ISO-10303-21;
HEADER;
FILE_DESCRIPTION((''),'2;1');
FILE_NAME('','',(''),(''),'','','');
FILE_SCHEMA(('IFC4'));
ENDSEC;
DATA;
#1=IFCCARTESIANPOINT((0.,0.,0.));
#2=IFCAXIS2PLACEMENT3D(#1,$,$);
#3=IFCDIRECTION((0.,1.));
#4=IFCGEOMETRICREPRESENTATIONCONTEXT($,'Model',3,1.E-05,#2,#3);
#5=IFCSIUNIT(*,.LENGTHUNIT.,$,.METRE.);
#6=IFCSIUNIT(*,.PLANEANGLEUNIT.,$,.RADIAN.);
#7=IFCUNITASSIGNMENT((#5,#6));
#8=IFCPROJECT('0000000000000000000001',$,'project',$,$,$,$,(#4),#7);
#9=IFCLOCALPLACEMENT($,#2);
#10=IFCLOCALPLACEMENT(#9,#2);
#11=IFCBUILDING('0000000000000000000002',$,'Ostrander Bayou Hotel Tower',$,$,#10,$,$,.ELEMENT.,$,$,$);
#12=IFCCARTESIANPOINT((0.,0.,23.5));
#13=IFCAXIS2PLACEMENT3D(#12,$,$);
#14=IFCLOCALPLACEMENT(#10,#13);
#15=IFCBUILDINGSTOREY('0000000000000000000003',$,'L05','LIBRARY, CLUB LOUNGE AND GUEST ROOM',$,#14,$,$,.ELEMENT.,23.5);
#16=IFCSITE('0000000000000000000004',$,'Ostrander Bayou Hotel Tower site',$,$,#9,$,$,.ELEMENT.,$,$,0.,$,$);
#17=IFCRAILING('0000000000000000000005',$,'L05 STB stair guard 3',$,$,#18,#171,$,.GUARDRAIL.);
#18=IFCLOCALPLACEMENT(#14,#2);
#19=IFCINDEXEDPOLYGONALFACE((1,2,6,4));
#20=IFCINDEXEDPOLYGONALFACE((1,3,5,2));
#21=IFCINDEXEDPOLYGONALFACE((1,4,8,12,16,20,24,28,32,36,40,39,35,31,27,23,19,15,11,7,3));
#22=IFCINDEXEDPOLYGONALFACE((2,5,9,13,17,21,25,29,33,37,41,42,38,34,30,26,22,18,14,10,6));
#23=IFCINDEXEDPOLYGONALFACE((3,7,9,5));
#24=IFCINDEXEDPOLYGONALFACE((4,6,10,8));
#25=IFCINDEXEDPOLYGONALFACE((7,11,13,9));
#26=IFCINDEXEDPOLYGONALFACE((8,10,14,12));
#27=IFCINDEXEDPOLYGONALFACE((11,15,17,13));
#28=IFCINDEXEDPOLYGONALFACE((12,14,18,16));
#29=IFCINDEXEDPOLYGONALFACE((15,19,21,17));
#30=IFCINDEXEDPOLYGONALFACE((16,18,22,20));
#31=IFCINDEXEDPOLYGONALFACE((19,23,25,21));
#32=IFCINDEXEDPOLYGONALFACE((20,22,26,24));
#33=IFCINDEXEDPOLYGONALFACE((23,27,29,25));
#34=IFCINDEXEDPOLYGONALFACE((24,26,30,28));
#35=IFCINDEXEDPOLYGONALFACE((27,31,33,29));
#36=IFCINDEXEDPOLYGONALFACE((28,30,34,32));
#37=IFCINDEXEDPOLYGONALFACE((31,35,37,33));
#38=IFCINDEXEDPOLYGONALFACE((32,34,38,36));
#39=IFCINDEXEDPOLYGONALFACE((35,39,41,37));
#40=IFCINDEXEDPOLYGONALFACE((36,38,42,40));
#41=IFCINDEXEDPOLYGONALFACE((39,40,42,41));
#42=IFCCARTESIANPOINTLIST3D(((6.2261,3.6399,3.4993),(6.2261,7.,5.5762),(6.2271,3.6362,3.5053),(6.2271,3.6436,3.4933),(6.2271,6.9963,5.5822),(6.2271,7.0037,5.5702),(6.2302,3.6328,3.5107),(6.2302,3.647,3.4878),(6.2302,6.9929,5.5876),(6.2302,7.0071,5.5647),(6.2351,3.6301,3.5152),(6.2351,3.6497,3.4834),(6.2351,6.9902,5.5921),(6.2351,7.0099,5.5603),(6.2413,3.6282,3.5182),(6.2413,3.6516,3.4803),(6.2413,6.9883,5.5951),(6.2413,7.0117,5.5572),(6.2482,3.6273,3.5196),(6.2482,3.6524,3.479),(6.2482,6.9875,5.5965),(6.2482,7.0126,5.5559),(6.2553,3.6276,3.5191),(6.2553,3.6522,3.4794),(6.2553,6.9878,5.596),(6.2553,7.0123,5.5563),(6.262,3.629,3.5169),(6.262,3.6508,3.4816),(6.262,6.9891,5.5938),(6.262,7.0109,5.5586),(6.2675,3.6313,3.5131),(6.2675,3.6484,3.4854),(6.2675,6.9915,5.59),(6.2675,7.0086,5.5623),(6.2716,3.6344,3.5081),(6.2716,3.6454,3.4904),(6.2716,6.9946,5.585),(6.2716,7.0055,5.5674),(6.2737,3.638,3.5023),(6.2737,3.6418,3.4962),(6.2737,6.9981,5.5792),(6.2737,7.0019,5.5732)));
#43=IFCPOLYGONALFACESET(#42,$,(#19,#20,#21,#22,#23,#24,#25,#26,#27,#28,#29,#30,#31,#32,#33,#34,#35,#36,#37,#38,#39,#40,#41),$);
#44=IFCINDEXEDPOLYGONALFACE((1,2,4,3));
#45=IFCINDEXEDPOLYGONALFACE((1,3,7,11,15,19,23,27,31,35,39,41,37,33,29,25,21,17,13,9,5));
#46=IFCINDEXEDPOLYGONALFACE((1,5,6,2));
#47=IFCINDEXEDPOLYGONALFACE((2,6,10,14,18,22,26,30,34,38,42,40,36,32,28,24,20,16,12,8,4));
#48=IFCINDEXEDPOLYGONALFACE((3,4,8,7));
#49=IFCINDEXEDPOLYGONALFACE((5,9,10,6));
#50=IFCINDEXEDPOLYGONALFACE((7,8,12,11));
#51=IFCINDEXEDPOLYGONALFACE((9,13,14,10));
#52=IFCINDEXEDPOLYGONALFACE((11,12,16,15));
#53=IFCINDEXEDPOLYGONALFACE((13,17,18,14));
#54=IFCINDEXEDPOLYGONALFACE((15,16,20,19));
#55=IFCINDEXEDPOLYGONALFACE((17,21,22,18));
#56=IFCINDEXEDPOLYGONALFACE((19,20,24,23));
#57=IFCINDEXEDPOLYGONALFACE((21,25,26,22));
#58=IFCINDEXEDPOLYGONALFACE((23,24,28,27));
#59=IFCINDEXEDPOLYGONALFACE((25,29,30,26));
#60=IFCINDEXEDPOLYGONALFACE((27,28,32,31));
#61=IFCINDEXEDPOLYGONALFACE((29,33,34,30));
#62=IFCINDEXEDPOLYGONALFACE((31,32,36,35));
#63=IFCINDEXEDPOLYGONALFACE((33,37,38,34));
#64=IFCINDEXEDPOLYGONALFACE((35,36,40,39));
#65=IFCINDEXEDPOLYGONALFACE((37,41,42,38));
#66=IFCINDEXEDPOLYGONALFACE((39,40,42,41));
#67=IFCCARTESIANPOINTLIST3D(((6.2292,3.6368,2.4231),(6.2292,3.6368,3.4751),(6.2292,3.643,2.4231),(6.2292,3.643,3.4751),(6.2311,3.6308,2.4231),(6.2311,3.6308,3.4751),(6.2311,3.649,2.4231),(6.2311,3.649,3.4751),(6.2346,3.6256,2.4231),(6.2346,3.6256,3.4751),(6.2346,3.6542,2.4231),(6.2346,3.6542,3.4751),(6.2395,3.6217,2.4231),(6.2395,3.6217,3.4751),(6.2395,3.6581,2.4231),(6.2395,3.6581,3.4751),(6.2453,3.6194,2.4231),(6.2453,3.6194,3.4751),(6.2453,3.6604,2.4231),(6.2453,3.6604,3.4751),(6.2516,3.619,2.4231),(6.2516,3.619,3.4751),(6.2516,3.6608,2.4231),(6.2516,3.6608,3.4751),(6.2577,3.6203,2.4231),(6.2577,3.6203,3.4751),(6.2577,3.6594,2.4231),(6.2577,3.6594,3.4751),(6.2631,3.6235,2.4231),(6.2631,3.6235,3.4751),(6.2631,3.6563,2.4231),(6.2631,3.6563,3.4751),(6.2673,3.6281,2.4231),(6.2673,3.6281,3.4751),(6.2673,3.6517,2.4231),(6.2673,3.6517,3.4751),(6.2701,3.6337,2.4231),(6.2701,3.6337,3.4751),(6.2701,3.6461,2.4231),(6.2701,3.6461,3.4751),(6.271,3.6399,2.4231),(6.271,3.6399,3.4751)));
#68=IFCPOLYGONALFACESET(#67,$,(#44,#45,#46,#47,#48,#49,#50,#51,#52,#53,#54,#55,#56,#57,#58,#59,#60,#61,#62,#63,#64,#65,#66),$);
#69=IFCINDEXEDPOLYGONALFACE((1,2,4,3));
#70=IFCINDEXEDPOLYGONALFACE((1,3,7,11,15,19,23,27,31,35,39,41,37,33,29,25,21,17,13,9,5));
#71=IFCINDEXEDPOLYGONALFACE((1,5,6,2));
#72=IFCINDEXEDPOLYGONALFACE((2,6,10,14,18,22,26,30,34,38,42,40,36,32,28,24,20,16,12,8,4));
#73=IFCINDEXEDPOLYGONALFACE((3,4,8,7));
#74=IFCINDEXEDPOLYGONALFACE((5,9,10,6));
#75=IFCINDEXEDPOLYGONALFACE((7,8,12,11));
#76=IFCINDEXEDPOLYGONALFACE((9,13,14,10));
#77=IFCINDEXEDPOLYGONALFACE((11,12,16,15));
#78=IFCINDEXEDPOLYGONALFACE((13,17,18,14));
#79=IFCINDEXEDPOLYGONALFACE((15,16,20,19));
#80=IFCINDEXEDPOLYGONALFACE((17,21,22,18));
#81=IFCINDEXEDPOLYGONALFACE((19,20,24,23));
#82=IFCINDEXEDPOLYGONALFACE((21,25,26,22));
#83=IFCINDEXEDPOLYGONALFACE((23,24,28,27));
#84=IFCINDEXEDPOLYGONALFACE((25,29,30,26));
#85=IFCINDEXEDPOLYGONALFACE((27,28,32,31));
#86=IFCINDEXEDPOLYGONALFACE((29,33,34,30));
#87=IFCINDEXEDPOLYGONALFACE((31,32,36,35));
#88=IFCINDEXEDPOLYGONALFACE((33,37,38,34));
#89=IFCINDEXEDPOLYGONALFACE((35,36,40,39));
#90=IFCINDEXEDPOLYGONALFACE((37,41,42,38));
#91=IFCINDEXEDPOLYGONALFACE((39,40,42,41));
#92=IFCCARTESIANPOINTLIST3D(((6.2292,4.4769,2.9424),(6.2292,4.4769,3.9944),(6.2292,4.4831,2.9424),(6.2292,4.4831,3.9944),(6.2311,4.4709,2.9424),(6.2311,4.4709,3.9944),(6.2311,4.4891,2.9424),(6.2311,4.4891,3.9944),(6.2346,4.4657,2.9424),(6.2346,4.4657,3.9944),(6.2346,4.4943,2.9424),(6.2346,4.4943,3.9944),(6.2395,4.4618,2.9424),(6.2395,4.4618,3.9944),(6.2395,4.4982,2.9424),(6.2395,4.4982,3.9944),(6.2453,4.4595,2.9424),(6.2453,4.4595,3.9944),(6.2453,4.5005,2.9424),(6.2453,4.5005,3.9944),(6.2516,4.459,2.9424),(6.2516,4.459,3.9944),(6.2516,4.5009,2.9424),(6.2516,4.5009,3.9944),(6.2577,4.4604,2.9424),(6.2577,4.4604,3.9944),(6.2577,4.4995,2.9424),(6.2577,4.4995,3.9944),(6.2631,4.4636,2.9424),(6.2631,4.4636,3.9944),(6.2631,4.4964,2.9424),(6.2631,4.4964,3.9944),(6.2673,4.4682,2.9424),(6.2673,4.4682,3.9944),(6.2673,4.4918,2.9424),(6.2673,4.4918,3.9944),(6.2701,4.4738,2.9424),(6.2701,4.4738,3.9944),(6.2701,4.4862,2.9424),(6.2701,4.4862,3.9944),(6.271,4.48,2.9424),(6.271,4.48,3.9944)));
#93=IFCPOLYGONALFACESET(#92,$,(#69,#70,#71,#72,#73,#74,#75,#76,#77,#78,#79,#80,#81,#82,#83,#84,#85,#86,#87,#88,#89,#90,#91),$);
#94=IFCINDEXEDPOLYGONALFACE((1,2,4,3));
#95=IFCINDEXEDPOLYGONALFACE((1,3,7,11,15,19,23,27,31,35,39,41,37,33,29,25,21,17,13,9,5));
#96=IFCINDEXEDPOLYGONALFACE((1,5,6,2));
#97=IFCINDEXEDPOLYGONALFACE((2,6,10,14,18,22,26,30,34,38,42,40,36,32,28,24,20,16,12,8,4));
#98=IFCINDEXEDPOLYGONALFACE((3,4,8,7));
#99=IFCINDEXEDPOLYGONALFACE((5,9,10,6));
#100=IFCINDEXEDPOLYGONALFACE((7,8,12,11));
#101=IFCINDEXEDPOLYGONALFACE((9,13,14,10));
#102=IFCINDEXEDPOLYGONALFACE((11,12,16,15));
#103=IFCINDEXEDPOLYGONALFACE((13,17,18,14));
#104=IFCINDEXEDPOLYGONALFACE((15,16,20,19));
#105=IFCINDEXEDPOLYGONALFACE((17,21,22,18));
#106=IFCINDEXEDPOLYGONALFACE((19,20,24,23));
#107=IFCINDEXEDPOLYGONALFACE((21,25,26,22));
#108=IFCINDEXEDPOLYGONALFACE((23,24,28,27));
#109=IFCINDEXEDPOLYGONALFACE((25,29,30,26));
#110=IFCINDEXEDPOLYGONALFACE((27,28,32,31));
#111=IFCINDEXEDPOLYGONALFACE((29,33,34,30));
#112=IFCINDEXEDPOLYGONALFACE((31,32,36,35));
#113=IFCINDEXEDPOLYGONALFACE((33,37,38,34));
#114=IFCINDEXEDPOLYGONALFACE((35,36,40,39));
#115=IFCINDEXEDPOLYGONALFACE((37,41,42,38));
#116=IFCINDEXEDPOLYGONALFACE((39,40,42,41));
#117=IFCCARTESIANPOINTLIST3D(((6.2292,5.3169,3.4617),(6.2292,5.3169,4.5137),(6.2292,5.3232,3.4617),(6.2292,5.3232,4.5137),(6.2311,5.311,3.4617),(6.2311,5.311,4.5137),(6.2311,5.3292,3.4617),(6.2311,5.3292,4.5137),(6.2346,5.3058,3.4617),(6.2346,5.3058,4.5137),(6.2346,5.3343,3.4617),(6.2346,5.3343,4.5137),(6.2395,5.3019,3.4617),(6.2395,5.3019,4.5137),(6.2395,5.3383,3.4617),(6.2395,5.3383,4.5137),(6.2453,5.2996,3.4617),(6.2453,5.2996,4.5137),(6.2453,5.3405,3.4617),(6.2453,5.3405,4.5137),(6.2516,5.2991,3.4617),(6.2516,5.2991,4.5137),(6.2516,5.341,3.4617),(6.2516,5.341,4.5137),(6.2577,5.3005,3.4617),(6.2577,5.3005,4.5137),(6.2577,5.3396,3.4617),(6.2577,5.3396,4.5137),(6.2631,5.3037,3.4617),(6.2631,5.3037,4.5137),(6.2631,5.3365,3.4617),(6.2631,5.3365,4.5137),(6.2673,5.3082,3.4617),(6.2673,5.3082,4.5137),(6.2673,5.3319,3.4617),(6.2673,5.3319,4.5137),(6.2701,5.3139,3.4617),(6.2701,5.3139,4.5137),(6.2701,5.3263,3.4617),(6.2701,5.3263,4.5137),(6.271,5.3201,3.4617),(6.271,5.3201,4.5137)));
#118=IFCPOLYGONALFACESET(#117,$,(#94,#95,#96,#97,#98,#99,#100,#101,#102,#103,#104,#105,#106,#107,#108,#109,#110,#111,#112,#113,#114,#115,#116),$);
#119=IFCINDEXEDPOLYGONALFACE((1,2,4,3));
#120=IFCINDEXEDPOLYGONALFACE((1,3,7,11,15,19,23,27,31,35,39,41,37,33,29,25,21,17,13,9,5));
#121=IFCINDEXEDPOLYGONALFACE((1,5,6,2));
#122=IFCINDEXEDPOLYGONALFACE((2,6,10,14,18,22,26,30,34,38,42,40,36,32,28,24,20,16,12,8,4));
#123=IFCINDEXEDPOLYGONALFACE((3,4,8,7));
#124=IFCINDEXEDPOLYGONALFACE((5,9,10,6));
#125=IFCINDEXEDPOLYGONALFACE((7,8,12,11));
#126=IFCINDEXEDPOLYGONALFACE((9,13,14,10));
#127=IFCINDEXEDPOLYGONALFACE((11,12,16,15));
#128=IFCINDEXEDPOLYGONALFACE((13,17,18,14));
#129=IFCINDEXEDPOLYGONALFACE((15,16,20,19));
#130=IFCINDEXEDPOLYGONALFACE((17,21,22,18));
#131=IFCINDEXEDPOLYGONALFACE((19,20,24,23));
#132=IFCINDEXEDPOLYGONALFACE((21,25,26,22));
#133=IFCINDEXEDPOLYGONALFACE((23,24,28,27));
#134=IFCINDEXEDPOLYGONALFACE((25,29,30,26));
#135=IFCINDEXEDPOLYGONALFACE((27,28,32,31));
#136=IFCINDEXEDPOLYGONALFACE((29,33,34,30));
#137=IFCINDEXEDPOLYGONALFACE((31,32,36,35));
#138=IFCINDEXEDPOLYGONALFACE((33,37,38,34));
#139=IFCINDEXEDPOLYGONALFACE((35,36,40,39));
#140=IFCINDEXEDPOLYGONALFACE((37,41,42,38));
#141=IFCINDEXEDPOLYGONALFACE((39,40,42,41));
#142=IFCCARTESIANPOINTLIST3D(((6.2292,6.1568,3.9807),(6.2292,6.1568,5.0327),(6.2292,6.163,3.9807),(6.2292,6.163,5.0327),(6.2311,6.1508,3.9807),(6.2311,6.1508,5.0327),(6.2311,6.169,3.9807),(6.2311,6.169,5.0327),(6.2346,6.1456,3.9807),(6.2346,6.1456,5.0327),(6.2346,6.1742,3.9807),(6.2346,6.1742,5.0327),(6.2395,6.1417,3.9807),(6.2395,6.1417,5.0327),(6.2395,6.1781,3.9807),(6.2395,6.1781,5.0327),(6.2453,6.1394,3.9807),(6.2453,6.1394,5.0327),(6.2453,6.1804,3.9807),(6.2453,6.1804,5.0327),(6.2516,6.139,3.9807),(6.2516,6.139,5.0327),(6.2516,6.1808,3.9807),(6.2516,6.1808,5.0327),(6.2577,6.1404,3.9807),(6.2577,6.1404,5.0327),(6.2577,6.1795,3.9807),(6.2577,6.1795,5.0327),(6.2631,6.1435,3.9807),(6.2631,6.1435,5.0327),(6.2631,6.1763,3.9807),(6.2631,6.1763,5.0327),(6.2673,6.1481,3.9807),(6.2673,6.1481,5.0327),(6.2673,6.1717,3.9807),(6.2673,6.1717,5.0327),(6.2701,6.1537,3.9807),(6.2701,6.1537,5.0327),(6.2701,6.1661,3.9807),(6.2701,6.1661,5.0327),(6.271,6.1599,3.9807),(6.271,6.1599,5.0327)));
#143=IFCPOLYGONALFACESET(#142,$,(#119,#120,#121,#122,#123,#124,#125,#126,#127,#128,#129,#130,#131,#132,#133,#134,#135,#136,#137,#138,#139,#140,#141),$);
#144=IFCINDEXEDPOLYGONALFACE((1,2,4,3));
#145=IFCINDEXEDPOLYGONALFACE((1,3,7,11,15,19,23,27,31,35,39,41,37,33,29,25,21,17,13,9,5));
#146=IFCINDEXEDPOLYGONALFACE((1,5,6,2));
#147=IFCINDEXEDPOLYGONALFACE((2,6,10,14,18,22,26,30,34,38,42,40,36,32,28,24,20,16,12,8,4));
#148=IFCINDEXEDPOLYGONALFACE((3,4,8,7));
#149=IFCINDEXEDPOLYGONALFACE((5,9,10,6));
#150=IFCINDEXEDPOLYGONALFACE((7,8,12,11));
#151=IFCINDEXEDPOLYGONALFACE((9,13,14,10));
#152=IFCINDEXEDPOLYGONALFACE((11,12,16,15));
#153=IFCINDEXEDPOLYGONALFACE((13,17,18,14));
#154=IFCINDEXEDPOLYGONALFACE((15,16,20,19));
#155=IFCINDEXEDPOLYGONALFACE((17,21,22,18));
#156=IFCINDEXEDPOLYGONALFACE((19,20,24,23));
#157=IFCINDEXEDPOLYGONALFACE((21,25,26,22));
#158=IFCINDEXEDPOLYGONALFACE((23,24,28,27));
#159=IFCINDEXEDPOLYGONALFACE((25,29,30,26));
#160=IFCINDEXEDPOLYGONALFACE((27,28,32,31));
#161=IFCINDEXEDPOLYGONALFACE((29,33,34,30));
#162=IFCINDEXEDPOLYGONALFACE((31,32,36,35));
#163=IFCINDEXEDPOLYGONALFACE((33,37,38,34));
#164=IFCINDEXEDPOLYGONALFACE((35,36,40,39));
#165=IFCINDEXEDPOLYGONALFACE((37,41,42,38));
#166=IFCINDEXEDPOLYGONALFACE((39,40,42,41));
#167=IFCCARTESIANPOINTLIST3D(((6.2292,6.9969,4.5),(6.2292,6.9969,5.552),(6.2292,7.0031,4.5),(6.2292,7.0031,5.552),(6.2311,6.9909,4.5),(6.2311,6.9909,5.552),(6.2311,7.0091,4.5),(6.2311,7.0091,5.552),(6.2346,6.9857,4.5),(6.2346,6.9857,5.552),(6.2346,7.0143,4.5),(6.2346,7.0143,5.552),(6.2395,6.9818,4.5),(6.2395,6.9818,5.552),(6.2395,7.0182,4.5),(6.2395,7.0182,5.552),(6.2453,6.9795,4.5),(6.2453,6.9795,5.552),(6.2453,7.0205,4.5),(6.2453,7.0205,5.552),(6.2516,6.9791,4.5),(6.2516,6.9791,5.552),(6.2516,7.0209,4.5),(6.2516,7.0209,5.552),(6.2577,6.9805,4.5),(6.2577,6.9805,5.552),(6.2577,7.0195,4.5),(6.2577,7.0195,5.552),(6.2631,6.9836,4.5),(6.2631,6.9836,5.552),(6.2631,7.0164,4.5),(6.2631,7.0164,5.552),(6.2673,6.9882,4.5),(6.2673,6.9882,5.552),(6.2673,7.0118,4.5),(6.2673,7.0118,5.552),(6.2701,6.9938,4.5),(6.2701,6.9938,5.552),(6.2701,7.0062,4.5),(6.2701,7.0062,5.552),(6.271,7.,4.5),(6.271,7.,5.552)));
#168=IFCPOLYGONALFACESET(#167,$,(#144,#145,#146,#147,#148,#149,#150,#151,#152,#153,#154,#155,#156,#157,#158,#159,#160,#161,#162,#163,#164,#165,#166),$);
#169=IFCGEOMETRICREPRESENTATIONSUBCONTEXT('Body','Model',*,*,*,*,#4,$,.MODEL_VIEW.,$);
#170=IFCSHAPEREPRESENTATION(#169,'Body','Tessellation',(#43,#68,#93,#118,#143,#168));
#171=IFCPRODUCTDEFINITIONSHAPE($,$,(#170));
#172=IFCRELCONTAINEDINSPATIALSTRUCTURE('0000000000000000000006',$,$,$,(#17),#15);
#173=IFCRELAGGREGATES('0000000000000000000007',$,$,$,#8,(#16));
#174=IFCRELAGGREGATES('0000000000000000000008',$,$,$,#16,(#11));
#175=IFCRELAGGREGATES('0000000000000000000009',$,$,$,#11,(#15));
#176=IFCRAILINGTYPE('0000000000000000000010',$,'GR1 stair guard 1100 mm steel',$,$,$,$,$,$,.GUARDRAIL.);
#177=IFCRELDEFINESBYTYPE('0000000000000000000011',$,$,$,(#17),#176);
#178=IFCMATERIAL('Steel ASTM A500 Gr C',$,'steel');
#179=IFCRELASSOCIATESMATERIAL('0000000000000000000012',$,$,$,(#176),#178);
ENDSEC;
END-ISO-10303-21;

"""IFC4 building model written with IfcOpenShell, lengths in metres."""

from ifc_helpers import new_model, si_unit, direction, frame, origin, origin_2d, place, context, subcontext, project, spatial, circle, extrude, material, type_object, element, save


model = new_model("IFC4")

# Units and contexts
model_context = context("Model", 3, precision=1e-05, world=origin(), true_north=direction((0.0, 1.0)))
body_context = subcontext(model_context, "Body", "Model", "MODEL_VIEW")
ifc_project = project(units=[si_unit("LENGTHUNIT", "METRE"), si_unit("PLANEANGLEUNIT", "RADIAN")], contexts=[model_context])

# Site, building, storey
site_placement = place(None, origin())
site = spatial("IfcSite", under=ifc_project, at=site_placement, Name="Ostrander Bayou Hotel Tower site", CompositionType="ELEMENT", RefElevation=0.0)
building_placement = place(site_placement, origin())
building = spatial("IfcBuilding", under=site, at=building_placement, Name="Ostrander Bayou Hotel Tower", CompositionType="ELEMENT")
storey_placement = place(building_placement, frame((0.0, 0.0, 23.5)))
storey = spatial("IfcBuildingStorey", under=building, at=storey_placement, Name="L05", Description="LIBRARY, CLUB LOUNGE AND GUEST ROOM", CompositionType="ELEMENT", Elevation=23.5)

# Railing
ifc_material_1 = material(Name="Steel ASTM A500 Gr C", Category="steel")
railing_type_1 = type_object("IfcRailingType", Name="GR1 stair guard 1100 mm steel", PredefinedType="GUARDRAIL", material=ifc_material_1)
railing_1_placement = place(storey_placement, frame((6.25, 3.6399, 2.4231)))
element("IfcRailing", 1, at=railing_1_placement, inside=storey, type_object=railing_type_1, Name="L05 STB stair guard 3", PredefinedType="GUARDRAIL", context=body_context, shape_type="SweptSolid", body=[
    extrude(circle(Radius=0.0239, at=origin_2d()), frame((0.0, 0.0, 1.0762), z_axis=(0.0, 0.850623, 0.525776), x_axis=(-1.0, 0.0, 0.0)), (0.0, 0.0, 1.0), 3.9502),
    extrude(circle(Radius=0.021, at=origin_2d()), origin(), (0.0, 0.0, 1.0), 1.052),
    extrude(circle(Radius=0.021, at=origin_2d()), frame((0.0, 0.8401, 0.5193)), (0.0, 0.0, 1.0), 1.052),
    extrude(circle(Radius=0.021, at=origin_2d()), frame((0.0, 1.6802, 1.0386)), (0.0, 0.0, 1.0), 1.052),
    extrude(circle(Radius=0.021, at=origin_2d()), frame((0.0, 2.52, 1.5576)), (0.0, 0.0, 1.0), 1.052),
    extrude(circle(Radius=0.021, at=origin_2d()), frame((0.0, 3.3601, 2.0769)), (0.0, 0.0, 1.0), 1.052),
])

save(model, "model.ifc")
